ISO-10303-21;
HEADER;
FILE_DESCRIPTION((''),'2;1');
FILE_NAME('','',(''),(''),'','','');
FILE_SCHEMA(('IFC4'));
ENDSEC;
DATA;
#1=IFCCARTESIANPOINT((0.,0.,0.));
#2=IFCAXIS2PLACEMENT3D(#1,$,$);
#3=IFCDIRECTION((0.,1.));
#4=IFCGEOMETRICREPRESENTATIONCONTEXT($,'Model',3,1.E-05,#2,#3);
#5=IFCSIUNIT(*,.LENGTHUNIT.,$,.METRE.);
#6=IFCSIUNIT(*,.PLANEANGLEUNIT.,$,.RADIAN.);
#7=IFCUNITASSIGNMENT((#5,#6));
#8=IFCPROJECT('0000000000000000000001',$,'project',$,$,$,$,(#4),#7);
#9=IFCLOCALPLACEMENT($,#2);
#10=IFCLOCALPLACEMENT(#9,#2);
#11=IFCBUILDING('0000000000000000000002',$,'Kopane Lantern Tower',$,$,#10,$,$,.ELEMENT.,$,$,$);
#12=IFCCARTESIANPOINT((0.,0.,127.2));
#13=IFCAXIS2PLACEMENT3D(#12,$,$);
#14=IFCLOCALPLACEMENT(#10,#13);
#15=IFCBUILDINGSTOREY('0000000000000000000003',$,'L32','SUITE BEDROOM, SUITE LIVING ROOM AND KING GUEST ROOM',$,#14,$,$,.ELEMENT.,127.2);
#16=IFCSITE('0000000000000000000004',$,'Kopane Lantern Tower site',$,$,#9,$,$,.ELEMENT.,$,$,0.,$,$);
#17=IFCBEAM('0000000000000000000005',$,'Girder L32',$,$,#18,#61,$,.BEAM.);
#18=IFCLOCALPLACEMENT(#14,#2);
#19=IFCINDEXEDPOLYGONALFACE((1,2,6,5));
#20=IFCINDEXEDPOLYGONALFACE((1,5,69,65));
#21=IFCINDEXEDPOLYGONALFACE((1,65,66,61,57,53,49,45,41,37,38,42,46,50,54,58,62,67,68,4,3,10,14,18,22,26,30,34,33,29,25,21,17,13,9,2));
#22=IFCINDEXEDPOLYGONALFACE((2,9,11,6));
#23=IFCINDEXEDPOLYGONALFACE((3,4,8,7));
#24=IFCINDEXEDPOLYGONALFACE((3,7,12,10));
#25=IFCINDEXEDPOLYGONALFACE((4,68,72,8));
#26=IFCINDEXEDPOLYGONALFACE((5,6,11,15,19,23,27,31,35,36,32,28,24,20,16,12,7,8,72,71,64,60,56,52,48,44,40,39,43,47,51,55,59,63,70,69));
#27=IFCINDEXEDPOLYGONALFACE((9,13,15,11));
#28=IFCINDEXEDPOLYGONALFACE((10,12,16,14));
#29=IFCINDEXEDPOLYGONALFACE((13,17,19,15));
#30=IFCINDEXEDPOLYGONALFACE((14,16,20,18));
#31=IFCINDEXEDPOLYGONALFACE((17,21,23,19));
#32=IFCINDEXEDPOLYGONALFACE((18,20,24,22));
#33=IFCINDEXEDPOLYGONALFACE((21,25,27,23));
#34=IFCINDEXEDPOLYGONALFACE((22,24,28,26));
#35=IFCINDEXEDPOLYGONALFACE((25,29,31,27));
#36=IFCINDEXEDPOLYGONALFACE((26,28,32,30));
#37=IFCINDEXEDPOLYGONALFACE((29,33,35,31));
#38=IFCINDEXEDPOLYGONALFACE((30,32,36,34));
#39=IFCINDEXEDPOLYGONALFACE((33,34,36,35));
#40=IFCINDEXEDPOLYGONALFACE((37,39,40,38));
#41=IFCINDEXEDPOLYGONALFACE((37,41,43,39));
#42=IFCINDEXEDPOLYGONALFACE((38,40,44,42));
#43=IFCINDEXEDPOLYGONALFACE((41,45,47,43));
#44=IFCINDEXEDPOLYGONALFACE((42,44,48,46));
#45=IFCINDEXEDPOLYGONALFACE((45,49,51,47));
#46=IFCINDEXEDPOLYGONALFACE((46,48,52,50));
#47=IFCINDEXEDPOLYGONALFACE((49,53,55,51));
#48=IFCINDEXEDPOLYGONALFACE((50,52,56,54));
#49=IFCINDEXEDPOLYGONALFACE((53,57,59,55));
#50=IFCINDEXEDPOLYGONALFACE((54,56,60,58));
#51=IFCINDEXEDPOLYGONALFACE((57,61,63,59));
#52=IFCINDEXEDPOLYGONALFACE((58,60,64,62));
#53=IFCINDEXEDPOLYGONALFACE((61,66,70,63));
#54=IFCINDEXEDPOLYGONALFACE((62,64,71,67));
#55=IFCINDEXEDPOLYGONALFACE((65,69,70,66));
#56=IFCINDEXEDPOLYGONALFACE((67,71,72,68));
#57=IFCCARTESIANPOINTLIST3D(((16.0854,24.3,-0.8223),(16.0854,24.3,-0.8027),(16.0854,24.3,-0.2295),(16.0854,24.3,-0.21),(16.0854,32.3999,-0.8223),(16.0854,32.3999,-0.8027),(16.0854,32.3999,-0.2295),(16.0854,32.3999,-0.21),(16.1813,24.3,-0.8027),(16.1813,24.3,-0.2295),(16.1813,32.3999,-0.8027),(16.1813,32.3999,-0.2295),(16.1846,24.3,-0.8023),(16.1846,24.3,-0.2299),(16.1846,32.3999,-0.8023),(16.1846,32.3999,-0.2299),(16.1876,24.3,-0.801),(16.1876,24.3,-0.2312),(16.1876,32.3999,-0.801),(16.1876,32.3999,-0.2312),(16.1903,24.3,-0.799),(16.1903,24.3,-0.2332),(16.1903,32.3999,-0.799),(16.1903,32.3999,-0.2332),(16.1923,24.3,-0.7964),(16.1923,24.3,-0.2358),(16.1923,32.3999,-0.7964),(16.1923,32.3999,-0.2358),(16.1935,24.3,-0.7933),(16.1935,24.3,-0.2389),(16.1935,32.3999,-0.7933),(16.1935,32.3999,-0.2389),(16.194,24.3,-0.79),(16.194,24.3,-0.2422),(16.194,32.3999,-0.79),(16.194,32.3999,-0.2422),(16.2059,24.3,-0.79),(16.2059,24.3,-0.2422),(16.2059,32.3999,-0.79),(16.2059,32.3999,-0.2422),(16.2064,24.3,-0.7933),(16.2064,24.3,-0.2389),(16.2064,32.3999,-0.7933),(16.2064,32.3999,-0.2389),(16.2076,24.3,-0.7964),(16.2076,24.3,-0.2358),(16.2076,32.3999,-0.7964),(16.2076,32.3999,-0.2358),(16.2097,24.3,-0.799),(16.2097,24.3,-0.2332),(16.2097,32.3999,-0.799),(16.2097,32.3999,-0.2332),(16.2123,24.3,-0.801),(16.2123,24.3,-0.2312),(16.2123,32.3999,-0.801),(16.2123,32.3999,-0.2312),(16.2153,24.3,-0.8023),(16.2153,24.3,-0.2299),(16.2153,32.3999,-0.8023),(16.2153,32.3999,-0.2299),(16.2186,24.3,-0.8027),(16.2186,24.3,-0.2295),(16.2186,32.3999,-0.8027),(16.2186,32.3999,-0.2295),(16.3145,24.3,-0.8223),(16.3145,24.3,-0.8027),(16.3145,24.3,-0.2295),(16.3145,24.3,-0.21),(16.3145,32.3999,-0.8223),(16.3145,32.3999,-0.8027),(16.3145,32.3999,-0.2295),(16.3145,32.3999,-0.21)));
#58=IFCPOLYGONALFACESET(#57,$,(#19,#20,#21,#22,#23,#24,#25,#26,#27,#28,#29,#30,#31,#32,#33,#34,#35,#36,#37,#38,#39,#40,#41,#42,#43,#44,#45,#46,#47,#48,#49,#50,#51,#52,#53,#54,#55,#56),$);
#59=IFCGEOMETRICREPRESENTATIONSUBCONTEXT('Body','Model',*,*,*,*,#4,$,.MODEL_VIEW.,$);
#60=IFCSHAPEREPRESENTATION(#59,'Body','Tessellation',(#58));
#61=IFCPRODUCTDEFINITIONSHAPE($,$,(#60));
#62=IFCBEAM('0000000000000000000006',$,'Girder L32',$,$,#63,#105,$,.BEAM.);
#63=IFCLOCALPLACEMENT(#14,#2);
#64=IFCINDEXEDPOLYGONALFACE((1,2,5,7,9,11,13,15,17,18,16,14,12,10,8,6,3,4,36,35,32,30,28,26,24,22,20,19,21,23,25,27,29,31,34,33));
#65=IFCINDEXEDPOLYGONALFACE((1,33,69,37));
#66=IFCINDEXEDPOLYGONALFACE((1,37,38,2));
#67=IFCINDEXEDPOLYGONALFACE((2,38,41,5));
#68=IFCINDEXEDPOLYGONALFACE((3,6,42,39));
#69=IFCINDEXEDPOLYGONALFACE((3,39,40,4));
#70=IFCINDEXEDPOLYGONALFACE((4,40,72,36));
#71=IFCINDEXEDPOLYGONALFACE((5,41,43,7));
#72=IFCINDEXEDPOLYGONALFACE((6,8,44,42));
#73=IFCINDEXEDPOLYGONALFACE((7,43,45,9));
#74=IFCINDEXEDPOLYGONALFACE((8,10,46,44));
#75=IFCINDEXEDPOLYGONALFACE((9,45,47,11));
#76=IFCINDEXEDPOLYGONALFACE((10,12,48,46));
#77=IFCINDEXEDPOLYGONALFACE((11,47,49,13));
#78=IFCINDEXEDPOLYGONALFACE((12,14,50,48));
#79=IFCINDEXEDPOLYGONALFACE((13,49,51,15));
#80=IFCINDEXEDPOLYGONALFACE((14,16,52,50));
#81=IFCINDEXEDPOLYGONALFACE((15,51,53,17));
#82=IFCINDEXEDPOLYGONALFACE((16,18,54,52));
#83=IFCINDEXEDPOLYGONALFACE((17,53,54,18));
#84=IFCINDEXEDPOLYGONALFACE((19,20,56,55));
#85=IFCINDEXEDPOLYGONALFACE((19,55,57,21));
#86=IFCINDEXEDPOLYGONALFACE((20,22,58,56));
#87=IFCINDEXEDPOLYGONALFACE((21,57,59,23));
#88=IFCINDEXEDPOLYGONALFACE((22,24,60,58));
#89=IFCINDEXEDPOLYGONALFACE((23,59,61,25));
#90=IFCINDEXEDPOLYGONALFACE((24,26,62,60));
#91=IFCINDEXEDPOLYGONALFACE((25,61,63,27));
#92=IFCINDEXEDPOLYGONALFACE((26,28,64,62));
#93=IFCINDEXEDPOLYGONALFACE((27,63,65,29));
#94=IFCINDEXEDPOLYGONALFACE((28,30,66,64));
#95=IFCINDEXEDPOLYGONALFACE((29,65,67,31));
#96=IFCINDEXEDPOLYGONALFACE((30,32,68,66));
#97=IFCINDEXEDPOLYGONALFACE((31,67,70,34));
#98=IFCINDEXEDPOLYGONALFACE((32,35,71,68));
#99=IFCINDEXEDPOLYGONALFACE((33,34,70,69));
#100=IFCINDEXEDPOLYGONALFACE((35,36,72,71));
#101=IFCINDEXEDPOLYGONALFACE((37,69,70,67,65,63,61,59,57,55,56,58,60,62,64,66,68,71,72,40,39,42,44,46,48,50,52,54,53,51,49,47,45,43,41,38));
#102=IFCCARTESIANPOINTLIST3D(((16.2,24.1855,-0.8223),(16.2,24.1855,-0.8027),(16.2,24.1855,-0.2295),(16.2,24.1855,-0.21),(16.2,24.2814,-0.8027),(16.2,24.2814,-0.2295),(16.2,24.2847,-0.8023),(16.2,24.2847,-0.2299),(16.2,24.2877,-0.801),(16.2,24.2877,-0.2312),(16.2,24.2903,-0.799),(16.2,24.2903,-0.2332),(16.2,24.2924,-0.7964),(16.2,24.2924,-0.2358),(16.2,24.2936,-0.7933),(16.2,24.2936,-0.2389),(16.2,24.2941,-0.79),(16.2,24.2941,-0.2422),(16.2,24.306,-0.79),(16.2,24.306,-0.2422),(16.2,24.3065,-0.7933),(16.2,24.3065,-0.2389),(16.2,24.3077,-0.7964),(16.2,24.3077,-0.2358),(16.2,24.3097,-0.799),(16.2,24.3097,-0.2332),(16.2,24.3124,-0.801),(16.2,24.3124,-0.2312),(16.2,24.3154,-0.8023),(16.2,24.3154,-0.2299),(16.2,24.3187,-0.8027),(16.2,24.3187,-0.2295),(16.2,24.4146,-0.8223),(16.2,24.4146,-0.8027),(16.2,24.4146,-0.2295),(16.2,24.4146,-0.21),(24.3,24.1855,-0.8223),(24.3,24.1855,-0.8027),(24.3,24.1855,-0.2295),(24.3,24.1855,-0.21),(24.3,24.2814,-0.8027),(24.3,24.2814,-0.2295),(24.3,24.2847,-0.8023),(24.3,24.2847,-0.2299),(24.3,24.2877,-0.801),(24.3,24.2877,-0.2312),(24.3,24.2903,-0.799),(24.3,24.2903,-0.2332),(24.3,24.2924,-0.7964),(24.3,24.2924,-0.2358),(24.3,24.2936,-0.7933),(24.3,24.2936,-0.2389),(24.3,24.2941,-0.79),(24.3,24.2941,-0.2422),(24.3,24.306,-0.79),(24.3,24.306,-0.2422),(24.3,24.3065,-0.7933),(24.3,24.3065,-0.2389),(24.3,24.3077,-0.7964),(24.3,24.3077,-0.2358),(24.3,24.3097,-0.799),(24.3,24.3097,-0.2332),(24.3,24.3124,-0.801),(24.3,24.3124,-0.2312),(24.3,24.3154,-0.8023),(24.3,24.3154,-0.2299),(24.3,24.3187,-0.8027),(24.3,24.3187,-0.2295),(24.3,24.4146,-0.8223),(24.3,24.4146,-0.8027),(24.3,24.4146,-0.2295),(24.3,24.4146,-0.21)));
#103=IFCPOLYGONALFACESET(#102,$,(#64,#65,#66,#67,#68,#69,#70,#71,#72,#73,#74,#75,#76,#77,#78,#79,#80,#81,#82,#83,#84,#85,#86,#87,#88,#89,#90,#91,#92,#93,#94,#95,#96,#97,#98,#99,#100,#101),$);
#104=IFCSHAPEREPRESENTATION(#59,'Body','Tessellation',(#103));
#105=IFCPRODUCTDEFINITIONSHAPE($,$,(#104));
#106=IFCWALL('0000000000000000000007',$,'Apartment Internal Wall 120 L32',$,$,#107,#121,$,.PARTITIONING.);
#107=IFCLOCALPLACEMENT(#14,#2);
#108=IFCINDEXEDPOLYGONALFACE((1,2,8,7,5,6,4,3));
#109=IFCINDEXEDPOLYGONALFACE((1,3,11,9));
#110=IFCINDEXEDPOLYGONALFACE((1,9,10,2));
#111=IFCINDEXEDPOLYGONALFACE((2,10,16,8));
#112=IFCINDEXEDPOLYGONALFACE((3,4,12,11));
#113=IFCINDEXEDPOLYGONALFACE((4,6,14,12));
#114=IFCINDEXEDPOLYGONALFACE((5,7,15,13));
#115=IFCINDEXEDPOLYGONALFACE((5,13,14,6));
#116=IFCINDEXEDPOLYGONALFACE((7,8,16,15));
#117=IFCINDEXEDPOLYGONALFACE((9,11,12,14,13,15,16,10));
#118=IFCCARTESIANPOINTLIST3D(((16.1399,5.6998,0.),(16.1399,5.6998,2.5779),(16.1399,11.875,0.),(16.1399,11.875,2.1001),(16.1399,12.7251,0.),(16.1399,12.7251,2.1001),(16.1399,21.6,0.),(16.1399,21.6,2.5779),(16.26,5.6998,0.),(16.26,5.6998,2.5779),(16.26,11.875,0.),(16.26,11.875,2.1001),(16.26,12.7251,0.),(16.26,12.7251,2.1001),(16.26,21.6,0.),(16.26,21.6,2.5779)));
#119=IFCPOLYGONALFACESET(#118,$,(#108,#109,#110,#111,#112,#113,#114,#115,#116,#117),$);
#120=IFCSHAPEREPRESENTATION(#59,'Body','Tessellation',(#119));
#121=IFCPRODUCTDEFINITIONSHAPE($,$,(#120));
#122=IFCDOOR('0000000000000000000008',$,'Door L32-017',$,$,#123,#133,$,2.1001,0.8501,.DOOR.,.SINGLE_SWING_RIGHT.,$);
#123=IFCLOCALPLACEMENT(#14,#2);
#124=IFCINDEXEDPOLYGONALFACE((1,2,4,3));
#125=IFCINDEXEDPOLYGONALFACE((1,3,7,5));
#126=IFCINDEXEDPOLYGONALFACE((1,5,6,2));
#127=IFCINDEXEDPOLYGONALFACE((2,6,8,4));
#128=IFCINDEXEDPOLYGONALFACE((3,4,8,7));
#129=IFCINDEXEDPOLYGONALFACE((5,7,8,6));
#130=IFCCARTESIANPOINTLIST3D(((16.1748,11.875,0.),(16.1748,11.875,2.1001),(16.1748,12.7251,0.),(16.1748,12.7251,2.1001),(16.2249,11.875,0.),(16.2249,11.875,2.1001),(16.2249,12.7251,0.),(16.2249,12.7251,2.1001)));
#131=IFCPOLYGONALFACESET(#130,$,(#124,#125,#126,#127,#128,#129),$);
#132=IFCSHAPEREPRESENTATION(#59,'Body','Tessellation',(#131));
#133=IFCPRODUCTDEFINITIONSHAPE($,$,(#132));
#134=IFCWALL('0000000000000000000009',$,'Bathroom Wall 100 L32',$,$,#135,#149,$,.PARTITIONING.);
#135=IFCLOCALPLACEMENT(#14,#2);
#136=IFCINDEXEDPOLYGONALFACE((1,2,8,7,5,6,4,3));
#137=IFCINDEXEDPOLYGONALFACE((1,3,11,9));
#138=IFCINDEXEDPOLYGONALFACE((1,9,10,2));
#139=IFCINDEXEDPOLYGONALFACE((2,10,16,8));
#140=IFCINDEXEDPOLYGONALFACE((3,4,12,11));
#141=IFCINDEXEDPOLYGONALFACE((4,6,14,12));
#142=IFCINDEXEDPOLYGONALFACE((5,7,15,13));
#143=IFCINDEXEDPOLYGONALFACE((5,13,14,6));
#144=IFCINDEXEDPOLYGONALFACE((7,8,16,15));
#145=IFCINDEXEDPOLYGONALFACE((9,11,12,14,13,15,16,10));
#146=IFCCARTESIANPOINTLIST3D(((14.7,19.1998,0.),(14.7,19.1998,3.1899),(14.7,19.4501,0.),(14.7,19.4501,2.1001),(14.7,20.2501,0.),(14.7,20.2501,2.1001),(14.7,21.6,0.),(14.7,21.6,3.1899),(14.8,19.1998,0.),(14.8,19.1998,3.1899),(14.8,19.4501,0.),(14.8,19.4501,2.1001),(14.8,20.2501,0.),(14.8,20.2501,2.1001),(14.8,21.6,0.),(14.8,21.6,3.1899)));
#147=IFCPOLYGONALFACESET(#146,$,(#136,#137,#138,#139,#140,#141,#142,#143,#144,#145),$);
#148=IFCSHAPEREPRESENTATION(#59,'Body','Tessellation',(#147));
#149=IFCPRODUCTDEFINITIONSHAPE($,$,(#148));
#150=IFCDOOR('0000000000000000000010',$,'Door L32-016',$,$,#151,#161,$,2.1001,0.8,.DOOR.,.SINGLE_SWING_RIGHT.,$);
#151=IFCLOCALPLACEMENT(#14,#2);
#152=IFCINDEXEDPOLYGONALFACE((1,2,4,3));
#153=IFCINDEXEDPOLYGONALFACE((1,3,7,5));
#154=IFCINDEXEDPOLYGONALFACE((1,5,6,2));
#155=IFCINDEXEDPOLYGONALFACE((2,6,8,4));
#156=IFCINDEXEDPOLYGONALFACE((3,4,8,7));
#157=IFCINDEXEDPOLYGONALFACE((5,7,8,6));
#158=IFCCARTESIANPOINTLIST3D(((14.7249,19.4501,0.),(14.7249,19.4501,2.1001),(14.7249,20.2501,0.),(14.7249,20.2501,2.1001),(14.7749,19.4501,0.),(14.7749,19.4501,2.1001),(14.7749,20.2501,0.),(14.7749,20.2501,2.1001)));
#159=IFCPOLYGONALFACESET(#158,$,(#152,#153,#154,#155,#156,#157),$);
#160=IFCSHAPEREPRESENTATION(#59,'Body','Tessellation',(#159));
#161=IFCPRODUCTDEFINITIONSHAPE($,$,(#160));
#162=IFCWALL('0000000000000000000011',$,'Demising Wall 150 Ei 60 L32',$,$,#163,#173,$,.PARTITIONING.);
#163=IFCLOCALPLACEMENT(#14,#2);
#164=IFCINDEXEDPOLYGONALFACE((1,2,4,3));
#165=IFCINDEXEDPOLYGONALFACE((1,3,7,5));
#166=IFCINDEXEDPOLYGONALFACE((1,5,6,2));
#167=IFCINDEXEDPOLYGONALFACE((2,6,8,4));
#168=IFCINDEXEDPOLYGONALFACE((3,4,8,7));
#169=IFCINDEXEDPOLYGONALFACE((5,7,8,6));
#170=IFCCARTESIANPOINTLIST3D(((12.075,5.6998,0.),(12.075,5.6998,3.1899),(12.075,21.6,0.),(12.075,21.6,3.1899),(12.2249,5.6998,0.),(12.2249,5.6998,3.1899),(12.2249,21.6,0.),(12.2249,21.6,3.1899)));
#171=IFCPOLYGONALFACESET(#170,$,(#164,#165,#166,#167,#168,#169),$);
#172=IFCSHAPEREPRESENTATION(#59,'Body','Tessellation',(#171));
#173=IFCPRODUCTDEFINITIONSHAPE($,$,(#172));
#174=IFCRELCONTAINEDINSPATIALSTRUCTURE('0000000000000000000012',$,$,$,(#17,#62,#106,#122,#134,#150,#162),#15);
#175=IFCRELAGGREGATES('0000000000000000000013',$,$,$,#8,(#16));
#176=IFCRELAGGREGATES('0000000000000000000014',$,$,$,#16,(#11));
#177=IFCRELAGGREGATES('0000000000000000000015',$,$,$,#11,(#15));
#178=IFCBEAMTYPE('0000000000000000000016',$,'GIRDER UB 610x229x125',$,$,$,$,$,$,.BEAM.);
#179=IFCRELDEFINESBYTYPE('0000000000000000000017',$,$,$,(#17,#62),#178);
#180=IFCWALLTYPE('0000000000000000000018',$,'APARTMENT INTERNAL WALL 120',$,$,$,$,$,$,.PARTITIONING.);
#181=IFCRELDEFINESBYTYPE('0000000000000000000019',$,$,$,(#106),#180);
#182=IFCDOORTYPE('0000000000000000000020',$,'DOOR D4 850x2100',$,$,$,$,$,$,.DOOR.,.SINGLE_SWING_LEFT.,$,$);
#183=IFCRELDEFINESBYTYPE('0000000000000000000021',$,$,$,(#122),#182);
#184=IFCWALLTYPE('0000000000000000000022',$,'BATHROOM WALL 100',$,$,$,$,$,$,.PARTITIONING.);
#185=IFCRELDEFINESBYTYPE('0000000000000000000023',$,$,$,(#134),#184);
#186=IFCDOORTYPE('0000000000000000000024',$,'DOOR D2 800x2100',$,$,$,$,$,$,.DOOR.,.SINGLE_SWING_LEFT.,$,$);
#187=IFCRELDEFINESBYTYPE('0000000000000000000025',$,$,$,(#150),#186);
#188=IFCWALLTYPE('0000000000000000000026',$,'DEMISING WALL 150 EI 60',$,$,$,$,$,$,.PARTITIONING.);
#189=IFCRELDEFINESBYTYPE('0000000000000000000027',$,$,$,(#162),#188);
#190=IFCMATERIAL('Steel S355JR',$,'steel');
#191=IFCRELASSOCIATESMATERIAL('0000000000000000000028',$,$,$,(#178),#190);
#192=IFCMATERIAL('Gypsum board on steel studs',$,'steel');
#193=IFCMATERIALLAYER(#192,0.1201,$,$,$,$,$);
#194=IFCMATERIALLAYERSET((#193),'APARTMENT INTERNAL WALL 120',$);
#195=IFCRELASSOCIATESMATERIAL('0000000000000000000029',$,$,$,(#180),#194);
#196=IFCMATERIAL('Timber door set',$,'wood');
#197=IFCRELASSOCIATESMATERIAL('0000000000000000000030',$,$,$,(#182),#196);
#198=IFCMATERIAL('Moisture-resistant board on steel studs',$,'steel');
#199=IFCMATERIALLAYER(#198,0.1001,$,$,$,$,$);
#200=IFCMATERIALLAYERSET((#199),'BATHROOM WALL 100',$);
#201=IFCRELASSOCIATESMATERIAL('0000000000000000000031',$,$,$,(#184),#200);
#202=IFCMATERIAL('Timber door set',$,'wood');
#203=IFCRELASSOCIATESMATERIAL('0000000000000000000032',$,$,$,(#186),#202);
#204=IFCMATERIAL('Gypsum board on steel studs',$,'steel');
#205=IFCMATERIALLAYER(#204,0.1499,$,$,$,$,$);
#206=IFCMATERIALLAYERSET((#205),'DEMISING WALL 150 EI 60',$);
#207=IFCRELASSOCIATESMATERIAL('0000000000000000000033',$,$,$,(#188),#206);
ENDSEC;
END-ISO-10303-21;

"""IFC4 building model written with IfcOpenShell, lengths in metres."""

from ifc_helpers import new_model, si_unit, direction, frame, frame_2d, origin, origin_2d, place, context, subcontext, project, spatial, rectangle, i_section, extrude, material, layer, layer_set, material_profile, profile_set, type_object, element, fill, save


model = new_model("IFC4")

# Units and contexts
model_context = context("Model", 3, precision=1e-05, world=origin(), true_north=direction((0.0, 1.0)))
body_context = subcontext(model_context, "Body", "Model", "MODEL_VIEW")
ifc_project = project(units=[si_unit("LENGTHUNIT", "METRE"), si_unit("PLANEANGLEUNIT", "RADIAN")], contexts=[model_context])

# Site, building, storey
site_placement = place(None, origin())
site = spatial("IfcSite", under=ifc_project, at=site_placement, Name="Kopane Lantern Tower site", CompositionType="ELEMENT", RefElevation=0.0)
building_placement = place(site_placement, origin())
building = spatial("IfcBuilding", under=site, at=building_placement, Name="Kopane Lantern Tower", CompositionType="ELEMENT")
storey_placement = place(building_placement, frame((0.0, 0.0, 127.2)))
storey = spatial("IfcBuildingStorey", under=building, at=storey_placement, Name="L32", Description="SUITE BEDROOM, SUITE LIVING ROOM AND KING GUEST ROOM", CompositionType="ELEMENT", Elevation=127.2)

# Beams
ifc_material_1 = material(Name="Steel S355JR", Category="steel")
ifc_material_profile_1 = material_profile(ifc_material_1, i_section(OverallWidth=0.229, OverallDepth=0.6123, WebThickness=0.012, FlangeThickness=0.0195, FilletRadius=0.0127, at=origin_2d()), Name="UB 610x229x125")
ifc_profile_set_1 = profile_set([ifc_material_profile_1], Name="Steel S355JR")
beam_type_1 = type_object("IfcBeamType", Name="GIRDER UB 610x229x125", PredefinedType="BEAM", material=ifc_profile_set_1)
beam_1_placement = place(storey_placement, frame((16.2, 24.3, -0.5161), z_axis=(0.0, 1.0, 0.0), x_axis=(-1.0, 0.0, 0.0)))
element("IfcBeam", 1, at=beam_1_placement, inside=storey, type_object=beam_type_1, Name="Girder L32", PredefinedType="BEAM", context=body_context, shape_type="SweptSolid", body=[
    extrude(i_section(OverallWidth=0.229, OverallDepth=0.6123, WebThickness=0.012, FlangeThickness=0.0195, FilletRadius=0.0127, at=origin_2d()), origin(), (0.0, 0.0, 1.0), 8.0999),
])
beam_2_placement = place(storey_placement, frame((16.2, 24.3, -0.5161), z_axis=(1.0, 0.0, 0.0), x_axis=(0.0, 1.0, 0.0)))
element("IfcBeam", 2, at=beam_2_placement, inside=storey, type_object=beam_type_1, Name="Girder L32", PredefinedType="BEAM", context=body_context, shape_type="SweptSolid", body=[
    extrude(i_section(OverallWidth=0.229, OverallDepth=0.6123, WebThickness=0.012, FlangeThickness=0.0195, FilletRadius=0.0127, at=origin_2d()), origin(), (0.0, 0.0, 1.0), 8.1001),
])

# Walls, openings, doors
ifc_material_2 = material(Name="Gypsum board on steel studs", Category="steel")
ifc_layer_1 = layer(ifc_material_2, 0.1201)
ifc_layer_set_1 = layer_set([ifc_layer_1], Name="APARTMENT INTERNAL WALL 120")
wall_type_1 = type_object("IfcWallType", Name="APARTMENT INTERNAL WALL 120", PredefinedType="PARTITIONING", material=ifc_layer_set_1)
wall_1_placement = place(storey_placement, frame((16.2, 21.6001, 0.0), z_axis=(0.0, 0.0, 1.0), x_axis=(0.0, -1.0, 0.0)))
wall_1 = element("IfcWall", 3, at=wall_1_placement, inside=storey, type_object=wall_type_1, Name="Apartment Internal Wall 120 L32", PredefinedType="PARTITIONING", context=body_context, shape_type="SweptSolid", body=[
    extrude(rectangle(XDim=15.9001, YDim=0.1201, at=frame_2d((7.9502, 0.0))), origin(), (0.0, 0.0, 1.0), 2.5779),
])
opening_1_placement = place(wall_1_placement, frame((8.875, 0.0, 0.0)))
opening_1 = element("IfcOpeningElement", 4, at=opening_1_placement, cuts=wall_1, PredefinedType="OPENING", context=body_context, shape_type="SweptSolid", body=[
    extrude(rectangle(XDim=0.8501, YDim=2.1001, at=frame_2d((0.425, 1.05))), frame((0.0, 0.0701, 0.0), z_axis=(0.0, -1.0, 0.0), x_axis=(1.0, 0.0, 0.0)), (0.0, 0.0, 1.0), 0.1401),
])
ifc_material_3 = material(Name="Timber door set", Category="wood")
door_type_1 = type_object("IfcDoorType", Name="DOOR D4 850x2100", OperationType="SINGLE_SWING_LEFT", PredefinedType="DOOR", material=ifc_material_3)
door_1_placement = place(opening_1_placement, origin())
door_1 = element("IfcDoor", 5, at=door_1_placement, inside=storey, type_object=door_type_1, Name="Door L32-017", OperationType="SINGLE_SWING_RIGHT", OverallHeight=2.1001, OverallWidth=0.8501, PredefinedType="DOOR", context=body_context, shape_type="SweptSolid", body=[
    extrude(rectangle(XDim=0.8501, YDim=2.1001, at=frame_2d((0.425, 1.05))), frame((0.0, 0.0249, 0.0), z_axis=(0.0, -1.0, 0.0), x_axis=(1.0, 0.0, 0.0)), (0.0, 0.0, 1.0), 0.05),
])
fill(opening_1, door_1)
ifc_material_4 = material(Name="Moisture-resistant board on steel studs", Category="steel")
ifc_layer_2 = layer(ifc_material_4, 0.1001)
ifc_layer_set_2 = layer_set([ifc_layer_2], Name="BATHROOM WALL 100")
wall_type_2 = type_object("IfcWallType", Name="BATHROOM WALL 100", PredefinedType="PARTITIONING", material=ifc_layer_set_2)
wall_2_placement = place(storey_placement, frame((14.75, 21.6001, 0.0), z_axis=(0.0, 0.0, 1.0), x_axis=(0.0, -1.0, 0.0)))
wall_2 = element("IfcWall", 6, at=wall_2_placement, inside=storey, type_object=wall_type_2, Name="Bathroom Wall 100 L32", PredefinedType="PARTITIONING", context=body_context, shape_type="SweptSolid", body=[
    extrude(rectangle(XDim=2.4001, YDim=0.1001, at=frame_2d((1.2002, 0.0))), origin(), (0.0, 0.0, 1.0), 3.1899),
])
opening_2_placement = place(wall_2_placement, frame((1.3501, 0.0, 0.0)))
opening_2 = element("IfcOpeningElement", 7, at=opening_2_placement, cuts=wall_2, PredefinedType="OPENING", context=body_context, shape_type="SweptSolid", body=[
    extrude(rectangle(XDim=0.8, YDim=2.1001, at=frame_2d((0.3999, 1.05))), frame((0.0, 0.0601, 0.0), z_axis=(0.0, -1.0, 0.0), x_axis=(1.0, 0.0, 0.0)), (0.0, 0.0, 1.0), 0.1201),
])
ifc_material_5 = material(Name="Timber door set", Category="wood")
door_type_2 = type_object("IfcDoorType", Name="DOOR D2 800x2100", OperationType="SINGLE_SWING_LEFT", PredefinedType="DOOR", material=ifc_material_5)
door_2_placement = place(opening_2_placement, origin())
door_2 = element("IfcDoor", 8, at=door_2_placement, inside=storey, type_object=door_type_2, Name="Door L32-016", OperationType="SINGLE_SWING_RIGHT", OverallHeight=2.1001, OverallWidth=0.8, PredefinedType="DOOR", context=body_context, shape_type="SweptSolid", body=[
    extrude(rectangle(XDim=0.8, YDim=2.1001, at=frame_2d((0.3999, 1.05))), frame((0.0, 0.0249, 0.0), z_axis=(0.0, -1.0, 0.0), x_axis=(1.0, 0.0, 0.0)), (0.0, 0.0, 1.0), 0.05),
])
fill(opening_2, door_2)

# Wall
ifc_material_6 = material(Name="Gypsum board on steel studs", Category="steel")
ifc_layer_3 = layer(ifc_material_6, 0.1499)
ifc_layer_set_3 = layer_set([ifc_layer_3], Name="DEMISING WALL 150 EI 60")
wall_type_3 = type_object("IfcWallType", Name="DEMISING WALL 150 EI 60", PredefinedType="PARTITIONING", material=ifc_layer_set_3)
wall_3_placement = place(storey_placement, frame((12.1499, 21.6001, 0.0), z_axis=(0.0, 0.0, 1.0), x_axis=(0.0, -1.0, 0.0)))
element("IfcWall", 9, at=wall_3_placement, inside=storey, type_object=wall_type_3, Name="Demising Wall 150 Ei 60 L32", PredefinedType="PARTITIONING", context=body_context, shape_type="SweptSolid", body=[
    extrude(rectangle(XDim=15.9001, YDim=0.1499, at=frame_2d((7.9502, 0.0))), origin(), (0.0, 0.0, 1.0), 3.1899),
])

save(model, "model.ifc")
